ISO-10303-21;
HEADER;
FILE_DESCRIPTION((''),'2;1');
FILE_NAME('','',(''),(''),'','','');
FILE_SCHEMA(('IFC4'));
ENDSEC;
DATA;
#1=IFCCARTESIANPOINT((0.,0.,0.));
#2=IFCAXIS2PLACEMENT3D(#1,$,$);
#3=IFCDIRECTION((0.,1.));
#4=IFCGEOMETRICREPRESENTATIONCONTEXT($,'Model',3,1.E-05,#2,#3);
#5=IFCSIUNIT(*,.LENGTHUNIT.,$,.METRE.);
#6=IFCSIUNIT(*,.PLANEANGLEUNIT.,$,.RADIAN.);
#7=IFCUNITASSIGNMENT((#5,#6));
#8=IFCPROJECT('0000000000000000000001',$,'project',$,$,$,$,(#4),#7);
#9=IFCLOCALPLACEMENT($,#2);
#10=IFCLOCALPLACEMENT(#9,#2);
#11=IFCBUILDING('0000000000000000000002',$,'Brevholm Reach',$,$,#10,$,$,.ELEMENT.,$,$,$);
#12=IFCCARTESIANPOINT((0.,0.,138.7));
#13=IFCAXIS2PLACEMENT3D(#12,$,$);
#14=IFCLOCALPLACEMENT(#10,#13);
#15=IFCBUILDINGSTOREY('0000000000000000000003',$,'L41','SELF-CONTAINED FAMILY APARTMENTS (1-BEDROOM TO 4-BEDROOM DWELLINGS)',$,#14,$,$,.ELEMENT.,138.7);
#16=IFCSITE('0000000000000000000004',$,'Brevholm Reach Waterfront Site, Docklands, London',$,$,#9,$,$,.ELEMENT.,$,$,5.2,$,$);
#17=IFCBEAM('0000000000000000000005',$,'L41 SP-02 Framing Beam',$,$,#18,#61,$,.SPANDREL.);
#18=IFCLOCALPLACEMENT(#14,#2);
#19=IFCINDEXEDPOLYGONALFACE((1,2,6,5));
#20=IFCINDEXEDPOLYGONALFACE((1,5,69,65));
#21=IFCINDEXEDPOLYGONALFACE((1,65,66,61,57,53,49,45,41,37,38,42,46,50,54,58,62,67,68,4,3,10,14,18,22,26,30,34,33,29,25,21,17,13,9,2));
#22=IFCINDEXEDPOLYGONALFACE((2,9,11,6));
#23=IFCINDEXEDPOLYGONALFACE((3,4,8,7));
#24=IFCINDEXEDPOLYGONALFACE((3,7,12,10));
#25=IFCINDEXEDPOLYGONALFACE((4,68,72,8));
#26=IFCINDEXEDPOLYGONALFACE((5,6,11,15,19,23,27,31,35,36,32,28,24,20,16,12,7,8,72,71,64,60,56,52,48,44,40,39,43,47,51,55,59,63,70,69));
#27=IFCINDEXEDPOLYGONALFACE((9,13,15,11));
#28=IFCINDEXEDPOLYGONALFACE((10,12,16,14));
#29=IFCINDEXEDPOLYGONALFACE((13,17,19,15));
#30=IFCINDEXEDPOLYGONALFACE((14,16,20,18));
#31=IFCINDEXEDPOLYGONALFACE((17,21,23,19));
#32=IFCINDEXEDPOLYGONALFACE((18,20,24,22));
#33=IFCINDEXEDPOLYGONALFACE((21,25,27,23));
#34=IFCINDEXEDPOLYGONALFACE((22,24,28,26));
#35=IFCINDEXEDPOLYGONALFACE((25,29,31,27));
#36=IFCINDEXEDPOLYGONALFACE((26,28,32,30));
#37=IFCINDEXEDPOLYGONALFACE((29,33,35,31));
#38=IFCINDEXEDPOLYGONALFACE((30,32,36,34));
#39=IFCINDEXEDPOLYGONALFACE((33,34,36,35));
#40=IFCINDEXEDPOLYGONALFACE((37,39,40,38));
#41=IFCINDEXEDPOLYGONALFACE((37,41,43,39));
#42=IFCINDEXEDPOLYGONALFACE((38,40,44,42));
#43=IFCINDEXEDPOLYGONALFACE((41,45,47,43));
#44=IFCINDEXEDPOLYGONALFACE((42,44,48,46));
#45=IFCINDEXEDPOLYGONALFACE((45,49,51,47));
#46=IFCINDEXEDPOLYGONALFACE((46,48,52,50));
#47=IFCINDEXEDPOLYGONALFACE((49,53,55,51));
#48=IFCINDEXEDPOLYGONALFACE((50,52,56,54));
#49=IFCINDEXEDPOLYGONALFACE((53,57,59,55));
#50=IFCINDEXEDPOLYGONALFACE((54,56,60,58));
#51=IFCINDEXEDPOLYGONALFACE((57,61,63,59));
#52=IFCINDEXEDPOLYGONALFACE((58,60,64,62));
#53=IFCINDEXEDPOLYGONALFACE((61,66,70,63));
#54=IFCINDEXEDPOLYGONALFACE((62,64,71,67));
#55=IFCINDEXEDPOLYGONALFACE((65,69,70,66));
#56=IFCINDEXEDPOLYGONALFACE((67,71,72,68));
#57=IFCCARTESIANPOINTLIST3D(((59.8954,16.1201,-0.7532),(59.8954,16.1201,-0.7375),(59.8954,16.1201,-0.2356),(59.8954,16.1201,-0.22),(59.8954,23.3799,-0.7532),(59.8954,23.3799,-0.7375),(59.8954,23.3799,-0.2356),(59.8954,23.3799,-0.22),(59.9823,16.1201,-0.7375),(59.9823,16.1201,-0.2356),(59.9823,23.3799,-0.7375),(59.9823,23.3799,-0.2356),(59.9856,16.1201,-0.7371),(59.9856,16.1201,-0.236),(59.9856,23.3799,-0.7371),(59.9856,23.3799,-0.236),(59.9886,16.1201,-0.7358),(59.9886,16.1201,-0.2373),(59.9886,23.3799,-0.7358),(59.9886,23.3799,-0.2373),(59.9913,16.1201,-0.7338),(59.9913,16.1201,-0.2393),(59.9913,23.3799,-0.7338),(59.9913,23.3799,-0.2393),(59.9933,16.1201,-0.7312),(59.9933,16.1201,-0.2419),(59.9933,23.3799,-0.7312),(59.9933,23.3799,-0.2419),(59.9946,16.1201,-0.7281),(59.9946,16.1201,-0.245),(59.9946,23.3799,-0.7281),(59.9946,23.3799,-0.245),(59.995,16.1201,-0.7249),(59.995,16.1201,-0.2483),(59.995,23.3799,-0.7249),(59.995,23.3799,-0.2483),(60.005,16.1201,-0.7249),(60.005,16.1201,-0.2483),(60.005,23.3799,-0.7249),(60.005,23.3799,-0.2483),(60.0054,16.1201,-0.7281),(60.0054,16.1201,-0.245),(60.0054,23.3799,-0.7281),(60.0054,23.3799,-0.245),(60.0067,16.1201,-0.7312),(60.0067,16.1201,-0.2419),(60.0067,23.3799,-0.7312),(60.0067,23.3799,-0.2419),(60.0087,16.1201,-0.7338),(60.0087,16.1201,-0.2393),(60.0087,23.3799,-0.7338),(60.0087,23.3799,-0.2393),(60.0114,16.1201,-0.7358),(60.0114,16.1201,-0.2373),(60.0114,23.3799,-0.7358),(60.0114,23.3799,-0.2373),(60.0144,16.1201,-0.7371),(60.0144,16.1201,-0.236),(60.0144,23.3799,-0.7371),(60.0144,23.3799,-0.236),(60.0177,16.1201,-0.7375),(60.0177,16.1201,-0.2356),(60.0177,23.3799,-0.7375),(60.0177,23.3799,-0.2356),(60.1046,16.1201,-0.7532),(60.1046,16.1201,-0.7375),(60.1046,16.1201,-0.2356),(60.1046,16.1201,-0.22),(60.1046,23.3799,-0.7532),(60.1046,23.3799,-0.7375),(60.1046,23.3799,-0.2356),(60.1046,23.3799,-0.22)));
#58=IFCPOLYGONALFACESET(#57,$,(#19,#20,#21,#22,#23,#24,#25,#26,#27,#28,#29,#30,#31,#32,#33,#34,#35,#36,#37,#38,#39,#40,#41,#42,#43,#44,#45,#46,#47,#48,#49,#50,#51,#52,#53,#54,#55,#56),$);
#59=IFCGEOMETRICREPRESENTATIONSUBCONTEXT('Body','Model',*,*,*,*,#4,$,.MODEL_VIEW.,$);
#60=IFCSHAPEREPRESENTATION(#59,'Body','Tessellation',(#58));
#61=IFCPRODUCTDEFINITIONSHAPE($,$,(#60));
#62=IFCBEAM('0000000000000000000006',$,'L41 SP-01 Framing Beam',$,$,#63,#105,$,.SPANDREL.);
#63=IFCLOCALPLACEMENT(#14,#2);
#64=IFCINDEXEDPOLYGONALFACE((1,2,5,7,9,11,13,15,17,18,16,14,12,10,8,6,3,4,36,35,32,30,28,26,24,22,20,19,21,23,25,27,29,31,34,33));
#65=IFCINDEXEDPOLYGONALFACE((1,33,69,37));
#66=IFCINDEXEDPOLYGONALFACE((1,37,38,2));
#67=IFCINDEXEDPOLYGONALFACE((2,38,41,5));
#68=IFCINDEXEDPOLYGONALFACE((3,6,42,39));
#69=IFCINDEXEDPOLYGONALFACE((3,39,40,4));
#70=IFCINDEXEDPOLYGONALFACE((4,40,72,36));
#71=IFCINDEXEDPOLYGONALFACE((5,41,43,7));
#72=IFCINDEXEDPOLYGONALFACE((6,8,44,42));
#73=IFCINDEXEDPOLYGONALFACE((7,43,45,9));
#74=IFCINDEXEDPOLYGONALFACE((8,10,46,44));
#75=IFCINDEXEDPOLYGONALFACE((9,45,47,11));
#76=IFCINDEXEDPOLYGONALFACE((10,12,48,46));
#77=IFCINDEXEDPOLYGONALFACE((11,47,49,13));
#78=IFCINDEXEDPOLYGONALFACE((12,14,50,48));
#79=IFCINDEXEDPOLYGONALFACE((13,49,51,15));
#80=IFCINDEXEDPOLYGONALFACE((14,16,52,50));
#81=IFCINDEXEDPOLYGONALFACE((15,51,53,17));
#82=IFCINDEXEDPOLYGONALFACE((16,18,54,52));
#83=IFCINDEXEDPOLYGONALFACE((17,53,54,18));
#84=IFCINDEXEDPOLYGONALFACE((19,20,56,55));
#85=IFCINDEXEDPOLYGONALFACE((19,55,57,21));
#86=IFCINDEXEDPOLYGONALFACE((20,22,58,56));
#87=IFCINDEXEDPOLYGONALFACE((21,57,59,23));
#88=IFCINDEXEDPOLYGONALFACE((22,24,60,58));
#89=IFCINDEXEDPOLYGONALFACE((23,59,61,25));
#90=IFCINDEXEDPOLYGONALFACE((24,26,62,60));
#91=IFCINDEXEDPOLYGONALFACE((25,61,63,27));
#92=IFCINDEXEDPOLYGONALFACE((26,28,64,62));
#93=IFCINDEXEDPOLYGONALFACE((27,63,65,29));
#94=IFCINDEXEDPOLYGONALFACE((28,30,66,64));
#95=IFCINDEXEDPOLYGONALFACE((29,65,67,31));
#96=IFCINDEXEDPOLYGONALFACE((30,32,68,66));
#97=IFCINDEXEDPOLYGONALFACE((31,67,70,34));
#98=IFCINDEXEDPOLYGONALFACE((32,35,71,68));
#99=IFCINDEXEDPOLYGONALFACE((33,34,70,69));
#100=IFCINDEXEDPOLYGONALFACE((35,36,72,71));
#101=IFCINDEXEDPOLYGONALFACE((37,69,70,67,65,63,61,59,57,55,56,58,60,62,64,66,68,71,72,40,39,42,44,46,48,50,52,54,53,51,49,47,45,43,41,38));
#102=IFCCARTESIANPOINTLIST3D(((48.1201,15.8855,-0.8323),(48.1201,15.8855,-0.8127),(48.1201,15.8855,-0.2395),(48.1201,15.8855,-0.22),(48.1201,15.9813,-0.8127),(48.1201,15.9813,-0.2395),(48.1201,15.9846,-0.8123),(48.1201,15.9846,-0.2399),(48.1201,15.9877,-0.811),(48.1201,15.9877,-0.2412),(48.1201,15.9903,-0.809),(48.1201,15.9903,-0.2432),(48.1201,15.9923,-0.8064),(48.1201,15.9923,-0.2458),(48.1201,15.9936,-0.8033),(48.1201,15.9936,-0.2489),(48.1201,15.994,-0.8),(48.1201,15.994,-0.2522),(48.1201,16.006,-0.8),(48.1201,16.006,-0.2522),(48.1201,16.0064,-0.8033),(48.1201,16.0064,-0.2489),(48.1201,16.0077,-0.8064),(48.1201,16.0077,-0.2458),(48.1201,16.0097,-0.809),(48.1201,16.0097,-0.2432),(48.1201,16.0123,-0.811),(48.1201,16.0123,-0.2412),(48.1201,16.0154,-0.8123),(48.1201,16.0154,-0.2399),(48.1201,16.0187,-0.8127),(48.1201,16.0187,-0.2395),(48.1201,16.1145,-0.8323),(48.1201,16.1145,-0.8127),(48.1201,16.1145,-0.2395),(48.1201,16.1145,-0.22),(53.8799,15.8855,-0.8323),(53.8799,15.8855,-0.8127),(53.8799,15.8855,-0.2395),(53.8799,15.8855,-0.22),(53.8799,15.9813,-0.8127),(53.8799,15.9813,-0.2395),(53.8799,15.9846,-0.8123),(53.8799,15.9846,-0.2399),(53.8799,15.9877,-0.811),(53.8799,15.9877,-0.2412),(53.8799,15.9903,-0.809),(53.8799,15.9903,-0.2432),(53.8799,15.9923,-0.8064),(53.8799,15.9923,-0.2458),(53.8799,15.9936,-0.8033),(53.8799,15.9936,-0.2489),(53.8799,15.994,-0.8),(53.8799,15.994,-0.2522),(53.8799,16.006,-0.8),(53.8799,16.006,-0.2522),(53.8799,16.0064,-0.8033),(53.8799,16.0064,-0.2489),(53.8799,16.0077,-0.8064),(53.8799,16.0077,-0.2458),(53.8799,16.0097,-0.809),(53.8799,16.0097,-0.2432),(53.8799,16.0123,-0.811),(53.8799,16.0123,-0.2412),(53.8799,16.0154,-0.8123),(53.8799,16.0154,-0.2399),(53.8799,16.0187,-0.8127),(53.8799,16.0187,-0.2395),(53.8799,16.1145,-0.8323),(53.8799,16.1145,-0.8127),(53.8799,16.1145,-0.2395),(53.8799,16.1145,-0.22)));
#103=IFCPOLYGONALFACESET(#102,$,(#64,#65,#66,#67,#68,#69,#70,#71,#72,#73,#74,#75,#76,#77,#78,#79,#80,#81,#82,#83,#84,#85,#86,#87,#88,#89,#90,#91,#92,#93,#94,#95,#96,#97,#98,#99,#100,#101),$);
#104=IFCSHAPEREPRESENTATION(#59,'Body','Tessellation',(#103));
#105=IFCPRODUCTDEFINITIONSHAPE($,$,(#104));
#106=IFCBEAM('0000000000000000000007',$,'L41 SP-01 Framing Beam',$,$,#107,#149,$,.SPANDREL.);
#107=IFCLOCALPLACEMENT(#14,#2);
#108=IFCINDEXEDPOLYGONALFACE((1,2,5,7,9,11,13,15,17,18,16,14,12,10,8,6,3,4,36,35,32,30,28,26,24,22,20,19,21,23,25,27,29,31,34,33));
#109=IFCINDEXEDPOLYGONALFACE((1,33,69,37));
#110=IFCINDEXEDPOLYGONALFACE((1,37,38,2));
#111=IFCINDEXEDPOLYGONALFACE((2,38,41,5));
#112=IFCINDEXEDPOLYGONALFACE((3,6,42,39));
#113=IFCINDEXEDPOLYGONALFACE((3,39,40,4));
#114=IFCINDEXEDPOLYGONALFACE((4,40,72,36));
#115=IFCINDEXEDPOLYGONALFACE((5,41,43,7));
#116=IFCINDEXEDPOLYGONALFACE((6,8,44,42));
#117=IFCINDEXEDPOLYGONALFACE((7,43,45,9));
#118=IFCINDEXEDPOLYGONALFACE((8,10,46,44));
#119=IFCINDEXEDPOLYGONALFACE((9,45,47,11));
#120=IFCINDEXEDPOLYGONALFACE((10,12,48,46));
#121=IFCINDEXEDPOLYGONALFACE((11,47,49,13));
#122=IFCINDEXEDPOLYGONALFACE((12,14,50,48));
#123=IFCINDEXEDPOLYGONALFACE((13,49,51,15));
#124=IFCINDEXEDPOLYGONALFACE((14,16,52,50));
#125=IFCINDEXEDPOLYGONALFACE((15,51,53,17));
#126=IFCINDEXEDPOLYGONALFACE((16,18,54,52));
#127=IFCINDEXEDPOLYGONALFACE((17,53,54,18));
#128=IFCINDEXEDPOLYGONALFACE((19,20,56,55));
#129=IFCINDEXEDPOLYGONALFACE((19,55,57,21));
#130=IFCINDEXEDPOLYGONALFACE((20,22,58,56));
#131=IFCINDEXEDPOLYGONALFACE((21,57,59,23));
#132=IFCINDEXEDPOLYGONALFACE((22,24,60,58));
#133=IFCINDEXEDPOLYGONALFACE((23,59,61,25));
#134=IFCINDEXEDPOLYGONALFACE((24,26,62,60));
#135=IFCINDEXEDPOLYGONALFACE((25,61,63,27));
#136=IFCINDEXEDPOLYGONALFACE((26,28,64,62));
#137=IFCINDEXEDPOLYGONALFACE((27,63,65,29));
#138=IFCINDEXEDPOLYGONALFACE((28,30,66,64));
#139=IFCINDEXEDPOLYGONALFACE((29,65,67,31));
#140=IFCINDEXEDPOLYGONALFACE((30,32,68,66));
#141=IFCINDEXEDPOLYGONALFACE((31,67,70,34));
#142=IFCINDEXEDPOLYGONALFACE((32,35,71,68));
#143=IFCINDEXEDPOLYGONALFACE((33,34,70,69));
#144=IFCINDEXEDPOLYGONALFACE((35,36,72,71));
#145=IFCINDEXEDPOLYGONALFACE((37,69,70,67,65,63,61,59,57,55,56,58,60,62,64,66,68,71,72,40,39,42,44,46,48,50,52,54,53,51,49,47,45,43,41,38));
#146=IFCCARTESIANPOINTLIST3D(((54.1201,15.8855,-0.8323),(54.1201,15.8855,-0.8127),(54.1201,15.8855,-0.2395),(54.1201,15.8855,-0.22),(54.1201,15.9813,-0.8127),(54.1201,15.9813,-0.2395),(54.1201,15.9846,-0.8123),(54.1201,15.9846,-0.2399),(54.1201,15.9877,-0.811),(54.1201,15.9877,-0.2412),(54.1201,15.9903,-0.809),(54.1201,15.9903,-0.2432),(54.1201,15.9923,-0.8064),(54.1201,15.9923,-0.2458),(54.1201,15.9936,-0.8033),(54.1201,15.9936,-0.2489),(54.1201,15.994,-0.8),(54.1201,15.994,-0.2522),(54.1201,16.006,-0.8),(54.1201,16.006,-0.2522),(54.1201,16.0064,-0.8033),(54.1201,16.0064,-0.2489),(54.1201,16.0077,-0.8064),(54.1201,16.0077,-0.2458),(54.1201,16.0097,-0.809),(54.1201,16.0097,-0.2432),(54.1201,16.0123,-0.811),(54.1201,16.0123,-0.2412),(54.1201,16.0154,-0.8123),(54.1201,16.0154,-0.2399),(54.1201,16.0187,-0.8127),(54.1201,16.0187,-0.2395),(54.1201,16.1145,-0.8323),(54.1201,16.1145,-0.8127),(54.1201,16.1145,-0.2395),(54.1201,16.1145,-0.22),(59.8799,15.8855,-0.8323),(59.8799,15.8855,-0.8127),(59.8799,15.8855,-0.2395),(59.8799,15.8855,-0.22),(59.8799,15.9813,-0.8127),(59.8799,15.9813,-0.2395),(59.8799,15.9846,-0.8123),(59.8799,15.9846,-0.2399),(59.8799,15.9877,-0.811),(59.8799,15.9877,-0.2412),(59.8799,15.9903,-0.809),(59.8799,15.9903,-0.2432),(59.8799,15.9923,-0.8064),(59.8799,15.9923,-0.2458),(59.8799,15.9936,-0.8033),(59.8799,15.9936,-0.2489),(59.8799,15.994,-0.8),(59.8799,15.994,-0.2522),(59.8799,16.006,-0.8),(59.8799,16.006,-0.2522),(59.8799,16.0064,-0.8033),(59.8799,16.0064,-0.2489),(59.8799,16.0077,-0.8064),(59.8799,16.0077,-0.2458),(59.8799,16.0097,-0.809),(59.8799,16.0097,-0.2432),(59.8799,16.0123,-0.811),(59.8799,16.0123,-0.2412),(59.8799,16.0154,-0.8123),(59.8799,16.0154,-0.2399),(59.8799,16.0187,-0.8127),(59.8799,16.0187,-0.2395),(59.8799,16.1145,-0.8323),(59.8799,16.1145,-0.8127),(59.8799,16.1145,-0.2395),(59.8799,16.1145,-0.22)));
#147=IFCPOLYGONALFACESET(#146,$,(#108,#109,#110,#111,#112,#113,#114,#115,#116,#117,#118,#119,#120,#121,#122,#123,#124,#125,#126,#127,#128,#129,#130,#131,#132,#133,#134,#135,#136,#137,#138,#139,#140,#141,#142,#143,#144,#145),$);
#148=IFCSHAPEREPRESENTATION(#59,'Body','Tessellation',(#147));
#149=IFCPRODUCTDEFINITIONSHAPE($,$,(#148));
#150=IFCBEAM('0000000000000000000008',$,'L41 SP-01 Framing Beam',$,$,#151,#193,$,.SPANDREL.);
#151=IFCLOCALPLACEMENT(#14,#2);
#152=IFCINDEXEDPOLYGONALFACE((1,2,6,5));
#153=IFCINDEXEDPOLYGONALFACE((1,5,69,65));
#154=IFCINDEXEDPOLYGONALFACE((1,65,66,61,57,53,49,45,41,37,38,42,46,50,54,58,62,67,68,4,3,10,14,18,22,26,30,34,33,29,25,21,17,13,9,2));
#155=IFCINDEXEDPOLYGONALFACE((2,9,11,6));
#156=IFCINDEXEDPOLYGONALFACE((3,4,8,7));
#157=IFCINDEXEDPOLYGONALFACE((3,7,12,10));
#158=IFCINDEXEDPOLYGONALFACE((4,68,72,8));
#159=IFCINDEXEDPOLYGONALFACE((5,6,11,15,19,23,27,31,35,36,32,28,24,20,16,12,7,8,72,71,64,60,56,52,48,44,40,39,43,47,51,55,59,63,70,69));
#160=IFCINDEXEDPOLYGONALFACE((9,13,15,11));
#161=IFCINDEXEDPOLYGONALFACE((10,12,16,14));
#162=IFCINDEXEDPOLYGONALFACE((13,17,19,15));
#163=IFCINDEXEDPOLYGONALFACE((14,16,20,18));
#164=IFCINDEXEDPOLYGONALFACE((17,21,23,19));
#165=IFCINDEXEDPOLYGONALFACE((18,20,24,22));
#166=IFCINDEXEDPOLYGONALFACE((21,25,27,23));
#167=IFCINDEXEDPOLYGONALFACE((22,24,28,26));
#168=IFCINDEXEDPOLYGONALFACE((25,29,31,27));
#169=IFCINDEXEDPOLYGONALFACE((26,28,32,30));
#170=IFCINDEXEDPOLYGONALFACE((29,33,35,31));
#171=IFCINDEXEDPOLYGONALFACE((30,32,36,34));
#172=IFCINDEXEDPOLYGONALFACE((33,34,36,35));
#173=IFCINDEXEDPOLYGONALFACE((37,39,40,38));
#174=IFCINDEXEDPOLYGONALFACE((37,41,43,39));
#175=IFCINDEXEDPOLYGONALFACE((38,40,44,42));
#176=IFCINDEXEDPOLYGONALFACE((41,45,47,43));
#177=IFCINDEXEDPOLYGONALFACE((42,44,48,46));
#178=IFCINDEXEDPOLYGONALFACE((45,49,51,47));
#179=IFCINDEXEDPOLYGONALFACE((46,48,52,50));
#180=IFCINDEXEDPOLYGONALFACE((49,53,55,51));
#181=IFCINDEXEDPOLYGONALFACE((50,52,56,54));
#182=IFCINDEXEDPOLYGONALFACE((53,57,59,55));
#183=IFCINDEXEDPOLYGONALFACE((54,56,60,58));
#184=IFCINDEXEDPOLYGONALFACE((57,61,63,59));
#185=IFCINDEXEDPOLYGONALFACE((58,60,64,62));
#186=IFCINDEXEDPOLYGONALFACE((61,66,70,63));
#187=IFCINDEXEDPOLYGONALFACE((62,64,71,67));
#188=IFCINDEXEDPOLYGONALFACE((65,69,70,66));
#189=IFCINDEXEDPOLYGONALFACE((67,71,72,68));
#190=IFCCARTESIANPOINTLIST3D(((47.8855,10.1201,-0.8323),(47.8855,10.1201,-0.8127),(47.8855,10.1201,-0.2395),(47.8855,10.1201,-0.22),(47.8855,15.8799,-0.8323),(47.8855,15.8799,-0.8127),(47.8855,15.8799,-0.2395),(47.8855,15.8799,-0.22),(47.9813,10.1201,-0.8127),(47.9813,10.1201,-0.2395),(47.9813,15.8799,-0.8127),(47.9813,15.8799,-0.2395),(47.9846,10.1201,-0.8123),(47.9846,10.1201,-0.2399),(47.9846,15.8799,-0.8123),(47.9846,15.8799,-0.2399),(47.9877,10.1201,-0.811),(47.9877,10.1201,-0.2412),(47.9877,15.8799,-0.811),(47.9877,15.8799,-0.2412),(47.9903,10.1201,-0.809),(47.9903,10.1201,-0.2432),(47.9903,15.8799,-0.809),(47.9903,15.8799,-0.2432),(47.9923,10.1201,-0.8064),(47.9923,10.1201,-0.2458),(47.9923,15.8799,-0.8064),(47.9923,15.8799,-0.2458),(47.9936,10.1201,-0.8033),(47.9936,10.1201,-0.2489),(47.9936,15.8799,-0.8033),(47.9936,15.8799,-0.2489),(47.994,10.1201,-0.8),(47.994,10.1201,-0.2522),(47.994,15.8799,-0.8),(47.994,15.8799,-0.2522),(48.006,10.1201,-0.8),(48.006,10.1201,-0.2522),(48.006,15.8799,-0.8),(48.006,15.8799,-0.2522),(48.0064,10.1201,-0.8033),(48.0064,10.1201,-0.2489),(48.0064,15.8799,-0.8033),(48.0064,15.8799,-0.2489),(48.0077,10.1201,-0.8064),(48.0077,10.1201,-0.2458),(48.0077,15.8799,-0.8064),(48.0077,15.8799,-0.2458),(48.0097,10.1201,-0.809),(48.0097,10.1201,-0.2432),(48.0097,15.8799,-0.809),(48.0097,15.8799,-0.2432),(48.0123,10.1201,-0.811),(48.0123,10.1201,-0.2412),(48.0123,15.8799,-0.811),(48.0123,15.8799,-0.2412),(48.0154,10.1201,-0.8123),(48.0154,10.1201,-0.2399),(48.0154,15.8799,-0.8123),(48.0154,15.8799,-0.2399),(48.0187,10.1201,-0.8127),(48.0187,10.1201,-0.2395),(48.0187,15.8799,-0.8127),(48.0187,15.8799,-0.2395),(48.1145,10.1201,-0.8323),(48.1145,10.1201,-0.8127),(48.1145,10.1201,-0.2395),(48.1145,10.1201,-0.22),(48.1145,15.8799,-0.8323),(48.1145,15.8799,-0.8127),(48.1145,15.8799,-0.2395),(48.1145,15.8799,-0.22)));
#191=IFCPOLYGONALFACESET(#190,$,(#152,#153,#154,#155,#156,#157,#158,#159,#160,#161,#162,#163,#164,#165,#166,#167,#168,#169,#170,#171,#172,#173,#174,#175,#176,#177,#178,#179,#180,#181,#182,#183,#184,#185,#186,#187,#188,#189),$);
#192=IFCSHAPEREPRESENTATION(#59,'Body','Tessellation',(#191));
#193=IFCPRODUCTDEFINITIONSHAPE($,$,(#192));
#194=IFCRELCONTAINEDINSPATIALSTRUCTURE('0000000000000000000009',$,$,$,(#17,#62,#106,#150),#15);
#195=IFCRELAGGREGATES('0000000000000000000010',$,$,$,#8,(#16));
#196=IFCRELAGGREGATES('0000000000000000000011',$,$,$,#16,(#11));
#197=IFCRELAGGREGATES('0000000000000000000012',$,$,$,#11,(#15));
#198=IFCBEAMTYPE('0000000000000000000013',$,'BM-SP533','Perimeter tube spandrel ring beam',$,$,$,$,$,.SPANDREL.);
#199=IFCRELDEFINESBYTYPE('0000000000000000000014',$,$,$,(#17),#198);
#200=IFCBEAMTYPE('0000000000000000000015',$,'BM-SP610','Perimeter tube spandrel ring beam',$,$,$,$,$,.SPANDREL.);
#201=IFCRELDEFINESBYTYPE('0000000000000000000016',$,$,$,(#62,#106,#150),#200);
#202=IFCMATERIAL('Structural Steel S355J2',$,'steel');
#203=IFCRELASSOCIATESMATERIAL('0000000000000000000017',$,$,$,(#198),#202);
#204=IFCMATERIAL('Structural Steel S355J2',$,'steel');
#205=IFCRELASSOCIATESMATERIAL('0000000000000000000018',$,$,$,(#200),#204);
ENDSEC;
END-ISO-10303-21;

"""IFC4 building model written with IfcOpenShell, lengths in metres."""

from ifc_helpers import new_model, si_unit, direction, frame, origin, origin_2d, place, context, subcontext, project, spatial, i_section, extrude, material, material_profile, profile_set, type_object, element, save


model = new_model("IFC4")

# Units and contexts
model_context = context("Model", 3, precision=1e-05, world=origin(), true_north=direction((0.0, 1.0)))
body_context = subcontext(model_context, "Body", "Model", "MODEL_VIEW")
ifc_project = project(units=[si_unit("LENGTHUNIT", "METRE"), si_unit("PLANEANGLEUNIT", "RADIAN")], contexts=[model_context])

# Site, building, storey
site_placement = place(None, origin())
site = spatial("IfcSite", under=ifc_project, at=site_placement, Name="Brevholm Reach Waterfront Site, Docklands, London", CompositionType="ELEMENT", RefElevation=5.2)
building_placement = place(site_placement, origin())
building = spatial("IfcBuilding", under=site, at=building_placement, Name="Brevholm Reach", CompositionType="ELEMENT")
storey_placement = place(building_placement, frame((0.0, 0.0, 138.7)))
storey = spatial("IfcBuildingStorey", under=building, at=storey_placement, Name="L41", Description="SELF-CONTAINED FAMILY APARTMENTS (1-BEDROOM TO 4-BEDROOM DWELLINGS)", CompositionType="ELEMENT", Elevation=138.7)

# Beams
ifc_material_1 = material(Name="Structural Steel S355J2", Category="steel")
ifc_material_profile_1 = material_profile(ifc_material_1, i_section(OverallWidth=0.2092, OverallDepth=0.5332, WebThickness=0.01, FlangeThickness=0.0156, FilletRadius=0.0127, at=origin_2d()), Name="UKB 533x210x92")
ifc_profile_set_1 = profile_set([ifc_material_profile_1], Name="Structural Steel S355J2")
beam_type_1 = type_object("IfcBeamType", Name="BM-SP533", Description="Perimeter tube spandrel ring beam", PredefinedType="SPANDREL", material=ifc_profile_set_1)
beam_1_placement = place(storey_placement, frame((60.0, 16.1201, -0.4866), z_axis=(0.0, 1.0, 0.0), x_axis=(-1.0, 0.0, 0.0)))
element("IfcBeam", 1, at=beam_1_placement, inside=storey, type_object=beam_type_1, Name="L41 SP-02 Framing Beam", PredefinedType="SPANDREL", context=body_context, shape_type="SweptSolid", body=[
    extrude(i_section(OverallWidth=0.2092, OverallDepth=0.5332, WebThickness=0.01, FlangeThickness=0.0156, FilletRadius=0.0127, at=origin_2d()), origin(), (0.0, 0.0, 1.0), 7.2598),
])
ifc_material_2 = material(Name="Structural Steel S355J2", Category="steel")
ifc_material_profile_2 = material_profile(ifc_material_2, i_section(OverallWidth=0.229, OverallDepth=0.6123, WebThickness=0.012, FlangeThickness=0.0195, FilletRadius=0.0127, at=origin_2d()), Name="UKB 610x229x125")
ifc_profile_set_2 = profile_set([ifc_material_profile_2], Name="Structural Steel S355J2")
beam_type_2 = type_object("IfcBeamType", Name="BM-SP610", Description="Perimeter tube spandrel ring beam", PredefinedType="SPANDREL", material=ifc_profile_set_2)
for number, where, z_axis, x_axis, name in (
    (2, (48.1201, 16.0, -0.5261), (1.0, 0.0, 0.0), (0.0, 1.0, 0.0), "L41 SP-01 Framing Beam"),
    (3, (54.1201, 16.0, -0.5261), (1.0, 0.0, 0.0), (0.0, 1.0, 0.0), "L41 SP-01 Framing Beam"),
    (4, (48.0, 10.1201, -0.5261), (0.0, 1.0, 0.0), (-1.0, 0.0, 0.0), "L41 SP-01 Framing Beam"),
):
    element("IfcBeam", number, at=place(storey_placement, frame(where, z_axis=z_axis, x_axis=x_axis)), inside=storey, type_object=beam_type_2, Name=name, PredefinedType="SPANDREL", context=body_context, shape_type="SweptSolid", body=[
        extrude(i_section(OverallWidth=0.229, OverallDepth=0.6123, WebThickness=0.012, FlangeThickness=0.0195, FilletRadius=0.0127, at=origin_2d()), origin(), (0.0, 0.0, 1.0), 5.7598),
    ])

save(model, "model.ifc")
